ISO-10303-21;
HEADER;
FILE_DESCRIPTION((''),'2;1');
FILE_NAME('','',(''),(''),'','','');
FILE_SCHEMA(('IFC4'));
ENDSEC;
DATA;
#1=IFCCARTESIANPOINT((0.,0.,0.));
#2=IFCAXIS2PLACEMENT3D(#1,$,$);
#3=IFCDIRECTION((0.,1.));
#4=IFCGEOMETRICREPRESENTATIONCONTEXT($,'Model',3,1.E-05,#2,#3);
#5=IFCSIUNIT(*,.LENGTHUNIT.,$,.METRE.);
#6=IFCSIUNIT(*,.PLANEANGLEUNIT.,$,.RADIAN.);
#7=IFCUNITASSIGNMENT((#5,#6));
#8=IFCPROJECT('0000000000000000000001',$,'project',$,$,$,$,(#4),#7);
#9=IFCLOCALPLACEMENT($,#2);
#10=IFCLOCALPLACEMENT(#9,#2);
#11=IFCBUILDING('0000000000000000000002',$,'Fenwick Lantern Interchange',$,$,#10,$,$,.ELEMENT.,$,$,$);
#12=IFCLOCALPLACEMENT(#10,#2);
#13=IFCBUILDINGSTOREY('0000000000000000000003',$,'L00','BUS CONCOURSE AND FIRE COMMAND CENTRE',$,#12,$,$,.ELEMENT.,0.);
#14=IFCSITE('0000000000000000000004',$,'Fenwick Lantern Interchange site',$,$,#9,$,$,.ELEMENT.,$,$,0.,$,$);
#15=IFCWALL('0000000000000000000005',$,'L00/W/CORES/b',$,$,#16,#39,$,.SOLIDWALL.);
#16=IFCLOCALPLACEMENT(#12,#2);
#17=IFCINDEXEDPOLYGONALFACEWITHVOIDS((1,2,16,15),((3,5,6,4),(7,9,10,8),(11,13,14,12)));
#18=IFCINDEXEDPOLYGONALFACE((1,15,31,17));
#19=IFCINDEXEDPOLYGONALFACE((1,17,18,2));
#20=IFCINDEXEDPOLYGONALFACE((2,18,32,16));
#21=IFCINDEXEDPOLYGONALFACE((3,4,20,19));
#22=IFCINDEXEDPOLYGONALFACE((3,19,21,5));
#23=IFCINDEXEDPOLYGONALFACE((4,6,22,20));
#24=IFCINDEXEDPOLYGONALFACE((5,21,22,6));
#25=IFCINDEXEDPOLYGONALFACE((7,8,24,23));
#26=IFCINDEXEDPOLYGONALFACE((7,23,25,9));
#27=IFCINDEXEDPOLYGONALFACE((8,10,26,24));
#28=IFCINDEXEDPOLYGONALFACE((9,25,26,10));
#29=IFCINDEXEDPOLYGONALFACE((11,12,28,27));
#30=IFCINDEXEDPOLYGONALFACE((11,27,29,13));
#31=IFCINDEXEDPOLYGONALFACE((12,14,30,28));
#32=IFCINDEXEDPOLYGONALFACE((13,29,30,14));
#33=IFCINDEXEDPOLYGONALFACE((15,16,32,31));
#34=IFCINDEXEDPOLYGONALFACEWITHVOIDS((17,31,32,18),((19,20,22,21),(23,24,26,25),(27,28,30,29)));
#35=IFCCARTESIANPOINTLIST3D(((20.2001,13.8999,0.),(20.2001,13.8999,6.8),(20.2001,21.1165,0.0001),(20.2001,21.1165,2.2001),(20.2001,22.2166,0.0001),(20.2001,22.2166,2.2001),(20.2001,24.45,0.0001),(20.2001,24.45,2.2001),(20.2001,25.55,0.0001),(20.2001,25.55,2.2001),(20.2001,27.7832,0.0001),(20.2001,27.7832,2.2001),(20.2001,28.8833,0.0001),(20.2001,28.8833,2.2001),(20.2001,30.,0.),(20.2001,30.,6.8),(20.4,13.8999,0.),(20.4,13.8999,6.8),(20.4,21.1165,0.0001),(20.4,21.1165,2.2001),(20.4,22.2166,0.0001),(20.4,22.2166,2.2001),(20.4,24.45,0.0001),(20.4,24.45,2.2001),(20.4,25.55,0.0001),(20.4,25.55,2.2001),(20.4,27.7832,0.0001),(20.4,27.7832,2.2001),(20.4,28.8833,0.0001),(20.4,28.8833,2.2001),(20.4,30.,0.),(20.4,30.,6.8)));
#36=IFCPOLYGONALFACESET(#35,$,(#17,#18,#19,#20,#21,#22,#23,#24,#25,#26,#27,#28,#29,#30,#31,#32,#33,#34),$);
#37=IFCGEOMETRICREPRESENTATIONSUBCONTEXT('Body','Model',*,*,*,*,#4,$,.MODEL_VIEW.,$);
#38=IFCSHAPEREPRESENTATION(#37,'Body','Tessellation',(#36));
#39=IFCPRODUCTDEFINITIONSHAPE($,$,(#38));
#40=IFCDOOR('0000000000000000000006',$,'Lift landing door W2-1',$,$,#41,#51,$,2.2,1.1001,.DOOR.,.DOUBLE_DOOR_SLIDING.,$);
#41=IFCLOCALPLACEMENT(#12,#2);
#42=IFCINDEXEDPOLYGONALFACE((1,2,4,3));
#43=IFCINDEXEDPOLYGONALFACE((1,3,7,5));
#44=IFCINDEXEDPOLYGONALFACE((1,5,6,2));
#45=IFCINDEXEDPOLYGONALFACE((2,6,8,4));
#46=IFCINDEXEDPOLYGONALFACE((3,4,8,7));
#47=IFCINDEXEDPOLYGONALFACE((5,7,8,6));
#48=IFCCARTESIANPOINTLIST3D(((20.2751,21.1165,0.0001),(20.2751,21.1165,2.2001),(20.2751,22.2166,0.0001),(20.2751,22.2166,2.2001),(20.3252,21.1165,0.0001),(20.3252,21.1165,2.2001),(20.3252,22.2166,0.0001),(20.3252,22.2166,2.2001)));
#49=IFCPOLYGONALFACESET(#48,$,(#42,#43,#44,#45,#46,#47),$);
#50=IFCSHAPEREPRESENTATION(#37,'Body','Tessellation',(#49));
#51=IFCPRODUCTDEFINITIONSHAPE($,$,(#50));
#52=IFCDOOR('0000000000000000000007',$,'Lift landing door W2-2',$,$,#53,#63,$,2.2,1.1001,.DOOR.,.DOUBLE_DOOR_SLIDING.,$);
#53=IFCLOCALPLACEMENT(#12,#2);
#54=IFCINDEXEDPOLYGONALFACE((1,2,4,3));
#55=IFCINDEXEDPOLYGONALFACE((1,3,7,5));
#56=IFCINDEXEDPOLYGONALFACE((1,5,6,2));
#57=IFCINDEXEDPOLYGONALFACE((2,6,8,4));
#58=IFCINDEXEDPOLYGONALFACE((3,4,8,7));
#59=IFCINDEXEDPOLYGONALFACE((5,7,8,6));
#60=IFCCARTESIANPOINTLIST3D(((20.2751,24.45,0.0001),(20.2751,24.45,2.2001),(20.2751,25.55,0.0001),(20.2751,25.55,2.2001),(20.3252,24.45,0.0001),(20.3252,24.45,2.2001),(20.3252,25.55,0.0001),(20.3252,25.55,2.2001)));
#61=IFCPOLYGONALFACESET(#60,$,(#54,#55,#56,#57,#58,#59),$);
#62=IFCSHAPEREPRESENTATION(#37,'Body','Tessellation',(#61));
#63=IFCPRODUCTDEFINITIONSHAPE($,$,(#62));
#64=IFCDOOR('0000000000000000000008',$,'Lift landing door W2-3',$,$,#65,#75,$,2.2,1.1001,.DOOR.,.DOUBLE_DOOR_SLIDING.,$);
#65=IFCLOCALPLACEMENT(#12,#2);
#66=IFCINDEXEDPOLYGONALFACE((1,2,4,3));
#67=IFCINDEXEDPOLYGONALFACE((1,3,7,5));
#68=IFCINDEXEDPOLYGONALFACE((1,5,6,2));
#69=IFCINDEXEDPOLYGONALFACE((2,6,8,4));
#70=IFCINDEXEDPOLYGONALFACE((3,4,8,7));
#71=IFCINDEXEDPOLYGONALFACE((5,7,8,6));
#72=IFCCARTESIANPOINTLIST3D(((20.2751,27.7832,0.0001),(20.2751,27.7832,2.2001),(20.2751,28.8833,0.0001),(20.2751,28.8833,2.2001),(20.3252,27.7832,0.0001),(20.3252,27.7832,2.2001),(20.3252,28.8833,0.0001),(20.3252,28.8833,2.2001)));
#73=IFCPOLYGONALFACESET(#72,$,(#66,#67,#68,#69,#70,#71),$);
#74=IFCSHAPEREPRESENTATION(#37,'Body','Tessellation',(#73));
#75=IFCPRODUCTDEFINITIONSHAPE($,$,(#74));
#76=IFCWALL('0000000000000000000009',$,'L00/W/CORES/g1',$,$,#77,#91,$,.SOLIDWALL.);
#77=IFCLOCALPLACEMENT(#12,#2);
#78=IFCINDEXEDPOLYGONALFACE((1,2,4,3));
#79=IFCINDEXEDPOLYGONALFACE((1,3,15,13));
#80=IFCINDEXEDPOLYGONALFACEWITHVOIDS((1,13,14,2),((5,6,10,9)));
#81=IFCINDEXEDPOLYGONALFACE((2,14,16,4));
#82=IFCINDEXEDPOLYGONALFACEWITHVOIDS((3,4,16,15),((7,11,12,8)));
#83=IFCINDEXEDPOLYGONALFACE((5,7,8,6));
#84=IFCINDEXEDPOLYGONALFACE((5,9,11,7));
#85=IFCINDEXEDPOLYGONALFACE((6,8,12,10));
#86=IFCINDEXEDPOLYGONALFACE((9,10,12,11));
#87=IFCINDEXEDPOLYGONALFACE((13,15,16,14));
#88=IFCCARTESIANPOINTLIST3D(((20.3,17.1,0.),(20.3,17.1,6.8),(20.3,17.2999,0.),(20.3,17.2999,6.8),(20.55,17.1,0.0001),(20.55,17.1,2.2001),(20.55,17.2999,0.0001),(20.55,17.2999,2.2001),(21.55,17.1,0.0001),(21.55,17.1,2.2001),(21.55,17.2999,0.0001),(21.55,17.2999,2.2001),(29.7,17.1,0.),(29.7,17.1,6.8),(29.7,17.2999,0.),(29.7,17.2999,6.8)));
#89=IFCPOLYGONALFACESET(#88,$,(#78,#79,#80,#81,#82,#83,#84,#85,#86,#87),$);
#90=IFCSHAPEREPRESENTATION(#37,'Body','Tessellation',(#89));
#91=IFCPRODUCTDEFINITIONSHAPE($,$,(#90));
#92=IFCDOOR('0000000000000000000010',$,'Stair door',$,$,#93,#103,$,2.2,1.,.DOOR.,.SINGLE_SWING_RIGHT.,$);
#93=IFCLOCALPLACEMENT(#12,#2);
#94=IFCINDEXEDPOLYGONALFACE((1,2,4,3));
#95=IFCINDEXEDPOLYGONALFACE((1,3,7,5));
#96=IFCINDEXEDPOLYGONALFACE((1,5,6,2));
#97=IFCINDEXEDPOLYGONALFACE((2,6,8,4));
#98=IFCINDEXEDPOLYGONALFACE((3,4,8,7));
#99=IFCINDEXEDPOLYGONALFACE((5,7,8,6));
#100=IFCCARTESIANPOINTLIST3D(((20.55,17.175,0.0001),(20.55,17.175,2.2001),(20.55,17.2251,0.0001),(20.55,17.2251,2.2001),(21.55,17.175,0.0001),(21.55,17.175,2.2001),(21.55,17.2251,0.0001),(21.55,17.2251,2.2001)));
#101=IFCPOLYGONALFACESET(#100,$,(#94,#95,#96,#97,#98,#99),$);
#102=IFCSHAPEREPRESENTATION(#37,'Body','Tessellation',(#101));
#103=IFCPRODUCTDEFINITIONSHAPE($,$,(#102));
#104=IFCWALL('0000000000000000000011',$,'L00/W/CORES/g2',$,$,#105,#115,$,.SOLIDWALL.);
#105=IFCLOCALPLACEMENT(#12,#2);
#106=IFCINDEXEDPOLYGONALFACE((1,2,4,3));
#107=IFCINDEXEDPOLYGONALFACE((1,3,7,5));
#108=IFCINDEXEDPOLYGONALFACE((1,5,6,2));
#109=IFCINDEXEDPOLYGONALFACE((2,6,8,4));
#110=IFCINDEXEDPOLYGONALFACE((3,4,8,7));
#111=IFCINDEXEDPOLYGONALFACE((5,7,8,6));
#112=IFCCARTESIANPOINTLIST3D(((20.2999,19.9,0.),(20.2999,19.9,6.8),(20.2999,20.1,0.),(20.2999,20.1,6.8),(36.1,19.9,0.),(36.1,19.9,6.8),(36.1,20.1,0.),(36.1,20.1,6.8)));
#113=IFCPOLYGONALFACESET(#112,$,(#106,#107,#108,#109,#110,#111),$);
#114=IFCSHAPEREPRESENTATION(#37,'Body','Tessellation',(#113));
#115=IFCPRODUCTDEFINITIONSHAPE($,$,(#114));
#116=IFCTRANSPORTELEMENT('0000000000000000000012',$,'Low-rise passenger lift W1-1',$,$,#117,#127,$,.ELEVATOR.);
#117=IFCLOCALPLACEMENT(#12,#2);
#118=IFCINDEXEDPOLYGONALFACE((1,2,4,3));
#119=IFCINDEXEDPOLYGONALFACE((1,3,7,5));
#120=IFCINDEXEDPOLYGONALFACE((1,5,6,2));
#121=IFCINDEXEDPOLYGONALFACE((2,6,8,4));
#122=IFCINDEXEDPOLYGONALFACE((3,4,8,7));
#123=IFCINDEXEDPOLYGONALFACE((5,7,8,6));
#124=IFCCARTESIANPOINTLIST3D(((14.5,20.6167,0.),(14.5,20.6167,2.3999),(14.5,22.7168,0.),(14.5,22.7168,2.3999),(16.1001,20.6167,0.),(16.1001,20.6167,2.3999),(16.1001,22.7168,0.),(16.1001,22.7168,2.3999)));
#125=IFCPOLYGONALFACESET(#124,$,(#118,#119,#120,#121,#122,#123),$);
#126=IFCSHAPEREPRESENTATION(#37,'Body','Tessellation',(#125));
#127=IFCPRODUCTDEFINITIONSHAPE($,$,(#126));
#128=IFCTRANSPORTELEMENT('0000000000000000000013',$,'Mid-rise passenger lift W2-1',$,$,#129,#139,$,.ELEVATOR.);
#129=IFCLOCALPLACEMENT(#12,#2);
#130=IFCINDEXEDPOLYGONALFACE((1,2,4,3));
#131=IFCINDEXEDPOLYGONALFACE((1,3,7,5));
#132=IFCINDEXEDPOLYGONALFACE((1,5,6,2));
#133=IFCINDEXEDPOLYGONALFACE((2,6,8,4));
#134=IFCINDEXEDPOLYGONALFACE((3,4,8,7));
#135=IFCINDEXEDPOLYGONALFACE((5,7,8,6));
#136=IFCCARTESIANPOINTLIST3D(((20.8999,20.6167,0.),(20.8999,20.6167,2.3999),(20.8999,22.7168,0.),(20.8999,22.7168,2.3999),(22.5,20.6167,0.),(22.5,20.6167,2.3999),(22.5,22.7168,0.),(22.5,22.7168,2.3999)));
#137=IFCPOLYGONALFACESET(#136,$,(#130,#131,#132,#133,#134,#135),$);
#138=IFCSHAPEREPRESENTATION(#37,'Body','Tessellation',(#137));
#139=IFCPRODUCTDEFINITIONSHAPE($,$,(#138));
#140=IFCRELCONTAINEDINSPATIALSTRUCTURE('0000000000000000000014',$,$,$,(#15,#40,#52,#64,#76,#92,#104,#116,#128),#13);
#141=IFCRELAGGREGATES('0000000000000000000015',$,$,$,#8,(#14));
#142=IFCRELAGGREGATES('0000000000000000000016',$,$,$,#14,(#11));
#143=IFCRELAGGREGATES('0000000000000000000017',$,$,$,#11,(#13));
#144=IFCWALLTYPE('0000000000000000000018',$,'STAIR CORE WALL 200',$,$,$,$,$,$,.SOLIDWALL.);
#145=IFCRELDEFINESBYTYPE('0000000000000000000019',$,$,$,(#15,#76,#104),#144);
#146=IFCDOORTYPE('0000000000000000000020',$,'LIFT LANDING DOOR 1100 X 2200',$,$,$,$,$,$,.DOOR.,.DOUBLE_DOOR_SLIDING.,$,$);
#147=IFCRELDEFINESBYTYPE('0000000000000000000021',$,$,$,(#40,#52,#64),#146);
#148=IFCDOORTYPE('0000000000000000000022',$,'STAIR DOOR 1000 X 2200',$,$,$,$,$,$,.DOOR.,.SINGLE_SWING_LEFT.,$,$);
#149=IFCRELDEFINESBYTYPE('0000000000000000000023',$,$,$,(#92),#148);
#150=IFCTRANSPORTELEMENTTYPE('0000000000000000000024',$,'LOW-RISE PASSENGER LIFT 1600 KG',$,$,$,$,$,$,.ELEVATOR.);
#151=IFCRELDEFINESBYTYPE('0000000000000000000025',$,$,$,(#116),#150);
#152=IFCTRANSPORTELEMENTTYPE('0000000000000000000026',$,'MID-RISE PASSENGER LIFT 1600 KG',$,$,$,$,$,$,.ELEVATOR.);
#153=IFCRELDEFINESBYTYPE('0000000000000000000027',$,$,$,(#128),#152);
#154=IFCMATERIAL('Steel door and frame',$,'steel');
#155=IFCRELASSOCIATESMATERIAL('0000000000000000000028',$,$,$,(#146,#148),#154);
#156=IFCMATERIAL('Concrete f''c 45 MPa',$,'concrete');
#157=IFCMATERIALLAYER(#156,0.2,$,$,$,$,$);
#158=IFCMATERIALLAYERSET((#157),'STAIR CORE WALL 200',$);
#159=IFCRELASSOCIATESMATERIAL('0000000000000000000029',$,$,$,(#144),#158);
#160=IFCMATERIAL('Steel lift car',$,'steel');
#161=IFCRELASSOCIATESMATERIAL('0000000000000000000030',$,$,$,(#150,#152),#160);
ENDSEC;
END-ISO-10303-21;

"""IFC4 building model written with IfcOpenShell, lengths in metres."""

from ifc_helpers import new_model, si_unit, direction, frame, frame_2d, origin, origin_2d, place, context, subcontext, project, spatial, rectangle, extrude, material, layer, layer_set, type_object, element, fill, save


model = new_model("IFC4")

# Units and contexts
model_context = context("Model", 3, precision=1e-05, world=origin(), true_north=direction((0.0, 1.0)))
body_context = subcontext(model_context, "Body", "Model", "MODEL_VIEW")
ifc_project = project(units=[si_unit("LENGTHUNIT", "METRE"), si_unit("PLANEANGLEUNIT", "RADIAN")], contexts=[model_context])

# Site, building, storey
site_placement = place(None, origin())
site = spatial("IfcSite", under=ifc_project, at=site_placement, Name="Fenwick Lantern Interchange site", CompositionType="ELEMENT", RefElevation=0.0)
building_placement = place(site_placement, origin())
building = spatial("IfcBuilding", under=site, at=building_placement, Name="Fenwick Lantern Interchange", CompositionType="ELEMENT")
storey_placement = place(building_placement, origin())
storey = spatial("IfcBuildingStorey", under=building, at=storey_placement, Name="L00", Description="BUS CONCOURSE AND FIRE COMMAND CENTRE", CompositionType="ELEMENT", Elevation=0.0)

# Shared definitions
ifc_material_1 = material(Name="Steel door and frame", Category="steel")
door_type_1 = type_object("IfcDoorType", Name="LIFT LANDING DOOR 1100 X 2200", OperationType="DOUBLE_DOOR_SLIDING", PredefinedType="DOOR", material=ifc_material_1)

# Wall, openings, doors
ifc_material_2 = material(Name="Concrete f'c 45 MPa", Category="concrete")
ifc_layer_1 = layer(ifc_material_2, 0.2)
ifc_layer_set_1 = layer_set([ifc_layer_1], Name="STAIR CORE WALL 200")
wall_type_1 = type_object("IfcWallType", Name="STAIR CORE WALL 200", PredefinedType="SOLIDWALL", material=ifc_layer_set_1)
wall_1_placement = place(storey_placement, frame((20.3, 13.8999, 0.0), z_axis=(0.0, 0.0, 1.0), x_axis=(0.0, 1.0, 0.0)))
wall_1 = element("IfcWall", 1, at=wall_1_placement, inside=storey, type_object=wall_type_1, Name="L00/W/CORES/b", PredefinedType="SOLIDWALL", context=body_context, shape_type="SweptSolid", body=[
    extrude(rectangle(XDim=16.1001, YDim=0.2, at=frame_2d((8.05, 0.0))), origin(), (0.0, 0.0, 1.0), 6.8),
])
opening_1_placement = place(wall_1_placement, frame((7.2166, 0.0, 0.0)))
opening_1 = element("IfcOpeningElement", 2, at=opening_1_placement, cuts=wall_1, PredefinedType="OPENING", context=body_context, shape_type="SweptSolid", body=[
    extrude(rectangle(XDim=1.1001, YDim=2.2, at=frame_2d((0.55, 1.1001))), frame((0.0, 0.1099, 0.0), z_axis=(0.0, -1.0, 0.0), x_axis=(1.0, 0.0, 0.0)), (0.0, 0.0, 1.0), 0.22),
])
opening_2_placement = place(wall_1_placement, frame((10.55, 0.0, 0.0)))
opening_2 = element("IfcOpeningElement", 3, at=opening_2_placement, cuts=wall_1, PredefinedType="OPENING", context=body_context, shape_type="SweptSolid", body=[
    extrude(rectangle(XDim=1.1001, YDim=2.2, at=frame_2d((0.55, 1.1001))), frame((0.0, 0.1099, 0.0), z_axis=(0.0, -1.0, 0.0), x_axis=(1.0, 0.0, 0.0)), (0.0, 0.0, 1.0), 0.22),
])
opening_3_placement = place(wall_1_placement, frame((13.8833, 0.0, 0.0)))
opening_3 = element("IfcOpeningElement", 4, at=opening_3_placement, cuts=wall_1, PredefinedType="OPENING", context=body_context, shape_type="SweptSolid", body=[
    extrude(rectangle(XDim=1.1001, YDim=2.2, at=frame_2d((0.55, 1.1001))), frame((0.0, 0.1099, 0.0), z_axis=(0.0, -1.0, 0.0), x_axis=(1.0, 0.0, 0.0)), (0.0, 0.0, 1.0), 0.22),
])
door_1_placement = place(opening_1_placement, origin())
door_1 = element("IfcDoor", 5, at=door_1_placement, inside=storey, type_object=door_type_1, Name="Lift landing door W2-1", OperationType="DOUBLE_DOOR_SLIDING", OverallHeight=2.2, OverallWidth=1.1001, PredefinedType="DOOR", context=body_context, shape_type="SweptSolid", body=[
    extrude(rectangle(XDim=1.1001, YDim=2.2, at=frame_2d((0.55, 1.1001))), frame((0.0, 0.0249, 0.0), z_axis=(0.0, -1.0, 0.0), x_axis=(1.0, 0.0, 0.0)), (0.0, 0.0, 1.0), 0.05),
])
fill(opening_1, door_1)
door_2_placement = place(opening_2_placement, origin())
door_2 = element("IfcDoor", 6, at=door_2_placement, inside=storey, type_object=door_type_1, Name="Lift landing door W2-2", OperationType="DOUBLE_DOOR_SLIDING", OverallHeight=2.2, OverallWidth=1.1001, PredefinedType="DOOR", context=body_context, shape_type="SweptSolid", body=[
    extrude(rectangle(XDim=1.1001, YDim=2.2, at=frame_2d((0.55, 1.1001))), frame((0.0, 0.0249, 0.0), z_axis=(0.0, -1.0, 0.0), x_axis=(1.0, 0.0, 0.0)), (0.0, 0.0, 1.0), 0.05),
])
fill(opening_2, door_2)
door_3_placement = place(opening_3_placement, origin())
door_3 = element("IfcDoor", 7, at=door_3_placement, inside=storey, type_object=door_type_1, Name="Lift landing door W2-3", OperationType="DOUBLE_DOOR_SLIDING", OverallHeight=2.2, OverallWidth=1.1001, PredefinedType="DOOR", context=body_context, shape_type="SweptSolid", body=[
    extrude(rectangle(XDim=1.1001, YDim=2.2, at=frame_2d((0.55, 1.1001))), frame((0.0, 0.0249, 0.0), z_axis=(0.0, -1.0, 0.0), x_axis=(1.0, 0.0, 0.0)), (0.0, 0.0, 1.0), 0.05),
])
fill(opening_3, door_3)

# Wall, opening, door
wall_2_placement = place(storey_placement, frame((20.3, 17.2, 0.0), z_axis=(0.0, 0.0, 1.0), x_axis=(1.0, 0.0, 0.0)))
wall_2 = element("IfcWall", 8, at=wall_2_placement, inside=storey, type_object=wall_type_1, Name="L00/W/CORES/g1", PredefinedType="SOLIDWALL", context=body_context, shape_type="SweptSolid", body=[
    extrude(rectangle(XDim=9.3999, YDim=0.2, at=frame_2d((4.7, 0.0))), origin(), (0.0, 0.0, 1.0), 6.8),
])
opening_4_placement = place(wall_2_placement, frame((0.25, 0.0, 0.0)))
opening_4 = element("IfcOpeningElement", 9, at=opening_4_placement, cuts=wall_2, PredefinedType="OPENING", context=body_context, shape_type="SweptSolid", body=[
    extrude(rectangle(XDim=1.0, YDim=2.2, at=frame_2d((0.5, 1.1001))), frame((0.0, 0.1099, 0.0), z_axis=(0.0, -1.0, 0.0), x_axis=(1.0, 0.0, 0.0)), (0.0, 0.0, 1.0), 0.22),
])
door_type_2 = type_object("IfcDoorType", Name="STAIR DOOR 1000 X 2200", OperationType="SINGLE_SWING_LEFT", PredefinedType="DOOR", material=ifc_material_1)
door_4_placement = place(opening_4_placement, frame((1.0, 0.0, 0.0), z_axis=(0.0, 0.0, 1.0), x_axis=(-1.0, 0.0, 0.0)))
door_4 = element("IfcDoor", 10, at=door_4_placement, inside=storey, type_object=door_type_2, Name="Stair door", OperationType="SINGLE_SWING_RIGHT", OverallHeight=2.2, OverallWidth=1.0, PredefinedType="DOOR", context=body_context, shape_type="SweptSolid", body=[
    extrude(rectangle(XDim=1.0, YDim=2.2, at=frame_2d((0.5, 1.1001))), frame((0.0, 0.0249, 0.0), z_axis=(0.0, -1.0, 0.0), x_axis=(1.0, 0.0, 0.0)), (0.0, 0.0, 1.0), 0.05),
])
fill(opening_4, door_4)

# Wall
wall_3_placement = place(storey_placement, frame((20.3, 20.0, 0.0), z_axis=(0.0, 0.0, 1.0), x_axis=(1.0, 0.0, 0.0)))
element("IfcWall", 11, at=wall_3_placement, inside=storey, type_object=wall_type_1, Name="L00/W/CORES/g2", PredefinedType="SOLIDWALL", context=body_context, shape_type="SweptSolid", body=[
    extrude(rectangle(XDim=15.8, YDim=0.2, at=frame_2d((7.8999, 0.0))), origin(), (0.0, 0.0, 1.0), 6.8),
])

# Transport elements
ifc_material_3 = material(Name="Steel lift car", Category="steel")
transport_element_type_1 = type_object("IfcTransportElementType", Name="LOW-RISE PASSENGER LIFT 1600 KG", PredefinedType="ELEVATOR", material=ifc_material_3)
transport_element_1_placement = place(storey_placement, frame((15.3, 21.6667, 0.0), z_axis=(0.0, 0.0, 1.0), x_axis=(1.0, 0.0, 0.0)))
element("IfcTransportElement", 12, at=transport_element_1_placement, inside=storey, type_object=transport_element_type_1, Name="Low-rise passenger lift W1-1", PredefinedType="ELEVATOR", context=body_context, shape_type="SweptSolid", body=[
    extrude(rectangle(XDim=1.6001, YDim=2.1001, at=origin_2d()), origin(), (0.0, 0.0, 1.0), 2.3999),
])
transport_element_type_2 = type_object("IfcTransportElementType", Name="MID-RISE PASSENGER LIFT 1600 KG", PredefinedType="ELEVATOR", material=ifc_material_3)
transport_element_2_placement = place(storey_placement, frame((21.7, 21.6667, 0.0), z_axis=(0.0, 0.0, 1.0), x_axis=(1.0, 0.0, 0.0)))
element("IfcTransportElement", 13, at=transport_element_2_placement, inside=storey, type_object=transport_element_type_2, Name="Mid-rise passenger lift W2-1", PredefinedType="ELEVATOR", context=body_context, shape_type="SweptSolid", body=[
    extrude(rectangle(XDim=1.6001, YDim=2.1001, at=origin_2d()), origin(), (0.0, 0.0, 1.0), 2.3999),
])

save(model, "model.ifc")
